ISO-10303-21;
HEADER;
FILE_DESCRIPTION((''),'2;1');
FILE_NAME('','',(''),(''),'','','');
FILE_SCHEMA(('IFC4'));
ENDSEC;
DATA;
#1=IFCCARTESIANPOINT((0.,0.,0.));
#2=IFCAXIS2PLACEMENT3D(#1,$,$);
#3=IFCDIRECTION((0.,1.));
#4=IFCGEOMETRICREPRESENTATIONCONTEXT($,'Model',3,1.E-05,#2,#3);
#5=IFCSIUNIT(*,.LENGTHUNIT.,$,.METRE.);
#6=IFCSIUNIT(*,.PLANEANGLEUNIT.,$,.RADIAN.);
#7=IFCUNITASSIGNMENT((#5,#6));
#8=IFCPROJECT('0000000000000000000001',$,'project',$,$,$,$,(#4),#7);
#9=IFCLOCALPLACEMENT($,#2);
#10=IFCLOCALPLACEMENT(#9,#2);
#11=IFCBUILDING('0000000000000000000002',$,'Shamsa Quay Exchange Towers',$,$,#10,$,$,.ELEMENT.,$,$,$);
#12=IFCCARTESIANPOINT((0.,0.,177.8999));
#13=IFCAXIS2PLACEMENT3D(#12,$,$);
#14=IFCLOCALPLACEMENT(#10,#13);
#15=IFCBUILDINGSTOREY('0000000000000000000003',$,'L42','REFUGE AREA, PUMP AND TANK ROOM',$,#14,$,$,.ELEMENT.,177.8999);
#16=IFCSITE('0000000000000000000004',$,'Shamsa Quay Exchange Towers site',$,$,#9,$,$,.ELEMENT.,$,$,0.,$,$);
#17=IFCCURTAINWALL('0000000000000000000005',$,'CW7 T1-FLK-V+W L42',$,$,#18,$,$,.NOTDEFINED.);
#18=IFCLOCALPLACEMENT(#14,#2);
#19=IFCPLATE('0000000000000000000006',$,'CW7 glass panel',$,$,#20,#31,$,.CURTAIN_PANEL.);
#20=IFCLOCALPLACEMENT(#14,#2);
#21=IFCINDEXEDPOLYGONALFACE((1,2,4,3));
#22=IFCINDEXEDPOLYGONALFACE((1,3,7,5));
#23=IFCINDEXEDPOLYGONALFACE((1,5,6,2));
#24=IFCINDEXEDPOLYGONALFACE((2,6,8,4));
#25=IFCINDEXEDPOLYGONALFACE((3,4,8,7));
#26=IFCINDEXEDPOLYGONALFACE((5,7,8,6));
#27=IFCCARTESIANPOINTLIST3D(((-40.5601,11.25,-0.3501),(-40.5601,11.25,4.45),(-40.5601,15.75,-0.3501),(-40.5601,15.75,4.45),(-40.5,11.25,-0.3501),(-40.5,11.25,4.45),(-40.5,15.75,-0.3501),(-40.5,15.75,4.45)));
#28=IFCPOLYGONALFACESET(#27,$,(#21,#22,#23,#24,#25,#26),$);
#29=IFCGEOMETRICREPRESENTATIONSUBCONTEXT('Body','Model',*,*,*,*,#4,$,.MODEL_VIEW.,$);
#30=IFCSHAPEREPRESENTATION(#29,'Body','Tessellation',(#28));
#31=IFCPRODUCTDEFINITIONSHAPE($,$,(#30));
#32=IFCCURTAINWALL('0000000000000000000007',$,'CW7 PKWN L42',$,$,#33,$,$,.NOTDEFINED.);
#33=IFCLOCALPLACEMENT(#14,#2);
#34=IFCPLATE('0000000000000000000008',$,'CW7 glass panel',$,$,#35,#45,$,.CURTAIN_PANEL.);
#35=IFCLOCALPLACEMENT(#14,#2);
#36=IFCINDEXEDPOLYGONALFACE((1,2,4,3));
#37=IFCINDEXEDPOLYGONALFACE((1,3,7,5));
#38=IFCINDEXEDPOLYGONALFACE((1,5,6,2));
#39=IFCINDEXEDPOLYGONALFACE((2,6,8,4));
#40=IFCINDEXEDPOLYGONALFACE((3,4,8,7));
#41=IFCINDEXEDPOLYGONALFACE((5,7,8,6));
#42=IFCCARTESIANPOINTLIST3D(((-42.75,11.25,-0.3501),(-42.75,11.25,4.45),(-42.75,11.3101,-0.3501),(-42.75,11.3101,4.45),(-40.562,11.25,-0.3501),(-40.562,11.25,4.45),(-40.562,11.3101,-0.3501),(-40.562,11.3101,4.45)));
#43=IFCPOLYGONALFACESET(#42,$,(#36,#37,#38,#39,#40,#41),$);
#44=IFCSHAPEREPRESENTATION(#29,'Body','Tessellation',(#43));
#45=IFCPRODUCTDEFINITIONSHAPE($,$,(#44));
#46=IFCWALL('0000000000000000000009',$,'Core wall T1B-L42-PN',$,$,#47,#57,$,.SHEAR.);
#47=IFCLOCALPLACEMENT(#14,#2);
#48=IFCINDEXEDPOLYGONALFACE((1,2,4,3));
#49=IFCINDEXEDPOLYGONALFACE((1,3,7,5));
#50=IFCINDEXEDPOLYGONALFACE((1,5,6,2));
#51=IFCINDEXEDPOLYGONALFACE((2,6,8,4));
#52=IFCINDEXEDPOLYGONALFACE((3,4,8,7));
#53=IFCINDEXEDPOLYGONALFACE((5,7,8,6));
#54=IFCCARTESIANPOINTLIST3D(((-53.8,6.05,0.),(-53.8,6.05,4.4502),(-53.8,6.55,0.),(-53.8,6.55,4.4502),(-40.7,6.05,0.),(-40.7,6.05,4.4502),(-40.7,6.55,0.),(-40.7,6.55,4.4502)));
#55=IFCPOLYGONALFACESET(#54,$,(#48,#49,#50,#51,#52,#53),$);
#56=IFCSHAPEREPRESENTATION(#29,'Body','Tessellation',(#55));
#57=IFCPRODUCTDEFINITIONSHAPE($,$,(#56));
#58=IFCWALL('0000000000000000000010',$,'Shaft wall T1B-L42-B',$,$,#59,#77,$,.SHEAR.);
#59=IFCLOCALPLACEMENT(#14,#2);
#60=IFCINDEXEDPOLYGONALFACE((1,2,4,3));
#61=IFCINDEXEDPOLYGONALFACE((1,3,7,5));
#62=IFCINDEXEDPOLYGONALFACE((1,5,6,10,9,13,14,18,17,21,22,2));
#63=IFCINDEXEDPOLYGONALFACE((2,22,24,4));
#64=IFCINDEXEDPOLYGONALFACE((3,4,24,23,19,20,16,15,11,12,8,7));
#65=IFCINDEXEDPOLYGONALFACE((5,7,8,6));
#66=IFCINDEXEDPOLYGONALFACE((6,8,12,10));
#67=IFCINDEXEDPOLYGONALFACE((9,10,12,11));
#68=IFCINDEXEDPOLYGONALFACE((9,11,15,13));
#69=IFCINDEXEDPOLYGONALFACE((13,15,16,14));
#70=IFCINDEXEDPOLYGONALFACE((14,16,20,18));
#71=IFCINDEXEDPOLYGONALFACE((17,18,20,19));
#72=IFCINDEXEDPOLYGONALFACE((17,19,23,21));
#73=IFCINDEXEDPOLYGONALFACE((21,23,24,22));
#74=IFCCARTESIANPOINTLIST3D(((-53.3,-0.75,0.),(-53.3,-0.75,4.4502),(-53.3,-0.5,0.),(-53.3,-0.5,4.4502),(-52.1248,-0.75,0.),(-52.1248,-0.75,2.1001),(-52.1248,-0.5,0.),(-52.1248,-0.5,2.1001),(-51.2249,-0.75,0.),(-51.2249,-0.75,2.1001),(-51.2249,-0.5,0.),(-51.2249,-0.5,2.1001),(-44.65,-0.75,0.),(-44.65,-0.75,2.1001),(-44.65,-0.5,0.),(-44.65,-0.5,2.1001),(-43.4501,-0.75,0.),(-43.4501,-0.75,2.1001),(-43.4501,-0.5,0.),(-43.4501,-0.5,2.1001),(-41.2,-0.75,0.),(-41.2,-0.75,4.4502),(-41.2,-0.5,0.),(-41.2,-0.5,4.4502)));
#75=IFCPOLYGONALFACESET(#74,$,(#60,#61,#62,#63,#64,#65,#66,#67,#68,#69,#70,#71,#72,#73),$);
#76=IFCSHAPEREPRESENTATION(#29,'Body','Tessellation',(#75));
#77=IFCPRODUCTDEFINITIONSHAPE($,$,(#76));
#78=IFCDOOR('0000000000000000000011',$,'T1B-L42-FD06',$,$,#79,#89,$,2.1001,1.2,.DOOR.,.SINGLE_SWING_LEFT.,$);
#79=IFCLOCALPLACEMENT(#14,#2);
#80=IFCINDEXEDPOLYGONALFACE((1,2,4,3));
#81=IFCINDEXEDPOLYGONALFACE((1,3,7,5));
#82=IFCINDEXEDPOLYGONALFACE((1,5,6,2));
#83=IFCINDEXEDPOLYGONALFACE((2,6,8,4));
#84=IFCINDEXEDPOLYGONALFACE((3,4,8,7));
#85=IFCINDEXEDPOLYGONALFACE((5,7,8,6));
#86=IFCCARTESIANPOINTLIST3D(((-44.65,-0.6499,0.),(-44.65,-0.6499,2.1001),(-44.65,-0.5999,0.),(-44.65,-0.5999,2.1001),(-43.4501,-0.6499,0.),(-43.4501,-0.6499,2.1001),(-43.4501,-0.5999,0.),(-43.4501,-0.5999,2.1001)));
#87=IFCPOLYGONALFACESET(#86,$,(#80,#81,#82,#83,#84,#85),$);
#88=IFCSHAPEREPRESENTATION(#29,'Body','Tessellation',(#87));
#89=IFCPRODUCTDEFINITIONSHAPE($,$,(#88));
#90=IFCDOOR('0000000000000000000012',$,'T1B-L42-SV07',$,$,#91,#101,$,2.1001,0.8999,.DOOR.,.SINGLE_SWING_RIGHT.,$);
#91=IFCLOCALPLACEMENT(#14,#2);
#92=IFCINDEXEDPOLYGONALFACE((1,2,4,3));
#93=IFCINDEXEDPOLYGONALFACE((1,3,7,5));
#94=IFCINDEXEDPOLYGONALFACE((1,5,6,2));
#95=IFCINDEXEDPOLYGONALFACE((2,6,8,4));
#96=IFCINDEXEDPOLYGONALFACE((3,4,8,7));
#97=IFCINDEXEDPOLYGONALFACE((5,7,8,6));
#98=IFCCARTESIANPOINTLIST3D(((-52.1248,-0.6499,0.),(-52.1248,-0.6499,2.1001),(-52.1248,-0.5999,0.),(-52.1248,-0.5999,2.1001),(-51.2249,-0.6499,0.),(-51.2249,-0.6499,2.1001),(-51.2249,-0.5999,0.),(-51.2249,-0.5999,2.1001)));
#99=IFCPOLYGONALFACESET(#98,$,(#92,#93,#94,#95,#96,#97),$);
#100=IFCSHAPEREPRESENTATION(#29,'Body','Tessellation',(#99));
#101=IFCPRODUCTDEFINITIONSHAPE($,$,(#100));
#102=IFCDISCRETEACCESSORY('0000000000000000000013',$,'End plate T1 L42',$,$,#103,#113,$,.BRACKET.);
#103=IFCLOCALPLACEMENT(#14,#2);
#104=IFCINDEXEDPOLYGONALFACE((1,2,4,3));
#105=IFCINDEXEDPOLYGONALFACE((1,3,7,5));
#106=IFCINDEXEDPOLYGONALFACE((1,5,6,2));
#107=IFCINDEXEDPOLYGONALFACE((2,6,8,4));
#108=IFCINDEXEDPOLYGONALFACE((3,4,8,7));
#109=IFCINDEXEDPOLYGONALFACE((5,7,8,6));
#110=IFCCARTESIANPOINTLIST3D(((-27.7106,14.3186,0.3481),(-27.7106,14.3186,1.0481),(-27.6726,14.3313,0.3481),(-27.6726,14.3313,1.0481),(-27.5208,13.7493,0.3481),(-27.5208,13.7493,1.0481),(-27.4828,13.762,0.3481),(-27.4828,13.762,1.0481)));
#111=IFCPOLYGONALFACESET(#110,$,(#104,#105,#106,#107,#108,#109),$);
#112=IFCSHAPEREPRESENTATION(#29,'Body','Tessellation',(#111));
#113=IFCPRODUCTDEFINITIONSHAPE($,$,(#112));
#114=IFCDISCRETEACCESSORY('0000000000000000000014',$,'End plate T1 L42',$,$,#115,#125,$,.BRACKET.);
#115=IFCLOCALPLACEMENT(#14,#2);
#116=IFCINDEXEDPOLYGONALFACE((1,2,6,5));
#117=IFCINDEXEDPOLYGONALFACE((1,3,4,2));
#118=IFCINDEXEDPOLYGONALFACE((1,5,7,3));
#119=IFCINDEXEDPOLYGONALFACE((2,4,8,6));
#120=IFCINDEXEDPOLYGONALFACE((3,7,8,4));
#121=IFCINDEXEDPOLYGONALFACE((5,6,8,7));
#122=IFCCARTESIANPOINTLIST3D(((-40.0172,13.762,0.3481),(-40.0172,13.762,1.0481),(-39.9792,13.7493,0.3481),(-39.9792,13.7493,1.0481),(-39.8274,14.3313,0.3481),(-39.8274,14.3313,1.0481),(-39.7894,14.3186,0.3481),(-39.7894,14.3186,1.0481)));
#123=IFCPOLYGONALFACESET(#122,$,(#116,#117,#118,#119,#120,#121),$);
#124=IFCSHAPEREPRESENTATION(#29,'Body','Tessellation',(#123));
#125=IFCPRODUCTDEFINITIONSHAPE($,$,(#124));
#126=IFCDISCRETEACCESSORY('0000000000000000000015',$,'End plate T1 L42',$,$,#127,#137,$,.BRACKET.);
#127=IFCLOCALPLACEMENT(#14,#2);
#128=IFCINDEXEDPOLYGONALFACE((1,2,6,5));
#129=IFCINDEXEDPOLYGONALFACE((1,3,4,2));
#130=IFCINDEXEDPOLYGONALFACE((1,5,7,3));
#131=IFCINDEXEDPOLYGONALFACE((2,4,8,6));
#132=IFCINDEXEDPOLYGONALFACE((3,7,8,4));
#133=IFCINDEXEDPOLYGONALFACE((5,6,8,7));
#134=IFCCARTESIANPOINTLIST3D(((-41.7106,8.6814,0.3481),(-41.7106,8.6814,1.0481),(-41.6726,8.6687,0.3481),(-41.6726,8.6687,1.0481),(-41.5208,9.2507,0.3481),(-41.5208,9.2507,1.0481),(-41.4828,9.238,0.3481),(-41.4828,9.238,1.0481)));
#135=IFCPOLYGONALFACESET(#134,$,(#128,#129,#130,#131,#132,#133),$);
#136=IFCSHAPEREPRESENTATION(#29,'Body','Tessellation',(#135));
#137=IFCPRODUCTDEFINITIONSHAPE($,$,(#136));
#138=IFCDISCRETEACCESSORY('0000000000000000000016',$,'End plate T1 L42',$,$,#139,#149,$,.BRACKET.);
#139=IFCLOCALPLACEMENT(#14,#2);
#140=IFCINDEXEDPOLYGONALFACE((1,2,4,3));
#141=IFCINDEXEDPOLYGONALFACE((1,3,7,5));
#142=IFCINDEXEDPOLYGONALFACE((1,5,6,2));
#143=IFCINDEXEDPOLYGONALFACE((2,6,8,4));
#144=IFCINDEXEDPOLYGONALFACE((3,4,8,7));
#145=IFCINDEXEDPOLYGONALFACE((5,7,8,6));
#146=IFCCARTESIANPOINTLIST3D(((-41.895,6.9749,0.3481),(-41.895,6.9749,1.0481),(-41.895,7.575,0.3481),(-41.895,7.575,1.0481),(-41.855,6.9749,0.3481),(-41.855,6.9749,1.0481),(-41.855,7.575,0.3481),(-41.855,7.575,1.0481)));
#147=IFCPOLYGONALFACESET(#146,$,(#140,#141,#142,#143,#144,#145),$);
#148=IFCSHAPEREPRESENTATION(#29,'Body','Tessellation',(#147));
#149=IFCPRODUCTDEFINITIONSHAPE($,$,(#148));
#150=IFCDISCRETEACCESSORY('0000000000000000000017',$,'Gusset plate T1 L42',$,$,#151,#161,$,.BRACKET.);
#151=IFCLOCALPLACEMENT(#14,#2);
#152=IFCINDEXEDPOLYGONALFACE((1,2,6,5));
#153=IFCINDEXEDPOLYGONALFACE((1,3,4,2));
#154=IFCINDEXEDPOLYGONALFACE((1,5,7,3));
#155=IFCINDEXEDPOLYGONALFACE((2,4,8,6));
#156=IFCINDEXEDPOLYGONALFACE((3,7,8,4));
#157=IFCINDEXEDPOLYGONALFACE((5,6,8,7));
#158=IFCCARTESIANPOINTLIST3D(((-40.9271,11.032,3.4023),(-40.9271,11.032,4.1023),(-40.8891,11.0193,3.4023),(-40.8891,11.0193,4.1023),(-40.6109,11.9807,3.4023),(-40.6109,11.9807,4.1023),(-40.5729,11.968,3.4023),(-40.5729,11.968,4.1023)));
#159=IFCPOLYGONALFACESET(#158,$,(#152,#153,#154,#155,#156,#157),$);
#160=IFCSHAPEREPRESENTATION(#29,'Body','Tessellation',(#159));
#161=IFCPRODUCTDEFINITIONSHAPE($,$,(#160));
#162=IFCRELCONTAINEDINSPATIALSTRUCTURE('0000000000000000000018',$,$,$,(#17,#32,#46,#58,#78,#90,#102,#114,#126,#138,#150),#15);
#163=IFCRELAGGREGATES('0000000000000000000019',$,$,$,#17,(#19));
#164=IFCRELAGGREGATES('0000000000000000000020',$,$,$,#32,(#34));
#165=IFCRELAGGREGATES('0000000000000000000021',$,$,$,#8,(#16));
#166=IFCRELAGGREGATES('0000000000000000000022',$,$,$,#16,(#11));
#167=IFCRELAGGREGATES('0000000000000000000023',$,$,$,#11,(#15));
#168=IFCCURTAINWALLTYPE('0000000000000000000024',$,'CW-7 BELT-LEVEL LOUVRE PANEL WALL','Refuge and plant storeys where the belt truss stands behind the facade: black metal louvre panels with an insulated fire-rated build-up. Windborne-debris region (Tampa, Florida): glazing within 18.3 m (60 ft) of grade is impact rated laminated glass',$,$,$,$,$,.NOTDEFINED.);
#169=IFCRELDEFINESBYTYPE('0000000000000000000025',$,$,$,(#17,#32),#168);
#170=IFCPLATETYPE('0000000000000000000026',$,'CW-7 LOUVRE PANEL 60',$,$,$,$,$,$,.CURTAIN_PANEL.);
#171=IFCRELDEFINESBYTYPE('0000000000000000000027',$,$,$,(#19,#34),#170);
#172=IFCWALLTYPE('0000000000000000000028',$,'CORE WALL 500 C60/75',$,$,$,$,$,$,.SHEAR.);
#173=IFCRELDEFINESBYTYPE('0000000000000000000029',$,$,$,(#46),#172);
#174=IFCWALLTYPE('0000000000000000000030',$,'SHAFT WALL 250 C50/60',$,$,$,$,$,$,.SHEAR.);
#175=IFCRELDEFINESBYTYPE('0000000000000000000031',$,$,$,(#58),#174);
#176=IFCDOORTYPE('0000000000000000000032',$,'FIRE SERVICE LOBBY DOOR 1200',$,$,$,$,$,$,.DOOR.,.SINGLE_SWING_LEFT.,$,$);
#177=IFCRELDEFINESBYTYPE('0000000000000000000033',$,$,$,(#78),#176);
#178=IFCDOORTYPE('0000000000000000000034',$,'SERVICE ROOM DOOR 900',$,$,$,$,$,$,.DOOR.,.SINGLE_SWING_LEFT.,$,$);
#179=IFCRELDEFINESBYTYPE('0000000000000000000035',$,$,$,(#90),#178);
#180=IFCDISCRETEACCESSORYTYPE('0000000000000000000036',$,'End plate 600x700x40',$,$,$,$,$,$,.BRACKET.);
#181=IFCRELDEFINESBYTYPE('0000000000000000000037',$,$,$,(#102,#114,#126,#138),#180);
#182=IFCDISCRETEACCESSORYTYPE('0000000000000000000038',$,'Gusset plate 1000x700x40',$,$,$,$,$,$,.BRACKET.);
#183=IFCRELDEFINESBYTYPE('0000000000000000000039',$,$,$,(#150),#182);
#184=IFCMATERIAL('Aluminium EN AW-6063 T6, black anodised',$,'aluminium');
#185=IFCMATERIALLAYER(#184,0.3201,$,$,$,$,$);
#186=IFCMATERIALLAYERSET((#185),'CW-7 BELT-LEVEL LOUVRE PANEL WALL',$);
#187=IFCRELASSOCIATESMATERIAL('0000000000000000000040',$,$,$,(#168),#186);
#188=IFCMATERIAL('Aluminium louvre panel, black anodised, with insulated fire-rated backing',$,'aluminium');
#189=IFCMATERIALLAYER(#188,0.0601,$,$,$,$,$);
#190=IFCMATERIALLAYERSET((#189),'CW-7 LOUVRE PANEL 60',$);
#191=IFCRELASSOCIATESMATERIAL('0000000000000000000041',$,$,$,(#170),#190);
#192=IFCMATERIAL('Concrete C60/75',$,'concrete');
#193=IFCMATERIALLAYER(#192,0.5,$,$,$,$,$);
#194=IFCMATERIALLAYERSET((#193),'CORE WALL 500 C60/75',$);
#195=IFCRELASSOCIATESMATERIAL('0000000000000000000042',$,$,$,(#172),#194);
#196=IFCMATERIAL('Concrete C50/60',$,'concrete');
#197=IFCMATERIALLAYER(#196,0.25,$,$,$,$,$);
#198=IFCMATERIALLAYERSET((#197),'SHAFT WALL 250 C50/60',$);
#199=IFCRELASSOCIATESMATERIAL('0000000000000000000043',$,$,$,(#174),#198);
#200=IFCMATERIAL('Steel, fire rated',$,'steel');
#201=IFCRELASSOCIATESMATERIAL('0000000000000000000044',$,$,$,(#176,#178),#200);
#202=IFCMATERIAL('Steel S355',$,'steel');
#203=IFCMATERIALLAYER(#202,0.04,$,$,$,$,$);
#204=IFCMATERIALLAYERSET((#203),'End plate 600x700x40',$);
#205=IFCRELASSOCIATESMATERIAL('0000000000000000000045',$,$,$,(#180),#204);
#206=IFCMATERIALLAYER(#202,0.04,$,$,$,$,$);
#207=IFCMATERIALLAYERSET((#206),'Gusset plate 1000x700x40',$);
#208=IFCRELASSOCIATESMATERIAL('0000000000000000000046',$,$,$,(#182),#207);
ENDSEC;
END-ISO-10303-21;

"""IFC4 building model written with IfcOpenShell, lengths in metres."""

from ifc_helpers import new_model, si_unit, direction, frame, frame_2d, origin, origin_2d, place, context, subcontext, project, spatial, rectangle, extrude, material, layer, layer_set, type_object, element, fill, aggregate, save


model = new_model("IFC4")

# Units and contexts
model_context = context("Model", 3, precision=1e-05, world=origin(), true_north=direction((0.0, 1.0)))
body_context = subcontext(model_context, "Body", "Model", "MODEL_VIEW")
ifc_project = project(units=[si_unit("LENGTHUNIT", "METRE"), si_unit("PLANEANGLEUNIT", "RADIAN")], contexts=[model_context])

# Site, building, storey
site_placement = place(None, origin())
site = spatial("IfcSite", under=ifc_project, at=site_placement, Name="Shamsa Quay Exchange Towers site", CompositionType="ELEMENT", RefElevation=0.0)
building_placement = place(site_placement, origin())
building = spatial("IfcBuilding", under=site, at=building_placement, Name="Shamsa Quay Exchange Towers", CompositionType="ELEMENT")
storey_placement = place(building_placement, frame((0.0, 0.0, 177.8999)))
storey = spatial("IfcBuildingStorey", under=building, at=storey_placement, Name="L42", Description="REFUGE AREA, PUMP AND TANK ROOM", CompositionType="ELEMENT", Elevation=177.8999)

# Shared definitions
ifc_material_1 = material(Name="Steel S355", Category="steel")

# Curtain walls, plates
ifc_material_2 = material(Name="Aluminium EN AW-6063 T6, black anodised", Category="aluminium")
ifc_layer_1 = layer(ifc_material_2, 0.3201)
ifc_layer_set_1 = layer_set([ifc_layer_1], Name="CW-7 BELT-LEVEL LOUVRE PANEL WALL")
curtain_wall_type = type_object("IfcCurtainWallType", Name="CW-7 BELT-LEVEL LOUVRE PANEL WALL", Description="Refuge and plant storeys where the belt truss stands behind the facade: black metal louvre panels with an insulated fire-rated build-up. Windborne-debris region (Tampa, Florida): glazing within 18.3 m (60 ft) of grade is impact rated laminated glass", PredefinedType="NOTDEFINED", material=ifc_layer_set_1)
curtain_wall_1_placement = place(storey_placement, origin())
curtain_wall_1 = element("IfcCurtainWall", 1, at=curtain_wall_1_placement, inside=storey, type_object=curtain_wall_type, Name="CW7 T1-FLK-V+W L42", PredefinedType="NOTDEFINED")
ifc_material_3 = material(Name="Aluminium louvre panel, black anodised, with insulated fire-rated backing", Category="aluminium")
ifc_layer_2 = layer(ifc_material_3, 0.0601)
ifc_layer_set_2 = layer_set([ifc_layer_2], Name="CW-7 LOUVRE PANEL 60")
plate_type = type_object("IfcPlateType", Name="CW-7 LOUVRE PANEL 60", PredefinedType="CURTAIN_PANEL", material=ifc_layer_set_2)
plate_1_placement = place(storey_placement, frame((-40.53, 13.5, -0.3501), z_axis=(0.0, 0.0, 1.0), x_axis=(0.0, -1.0, 0.0)))
plate_1 = element("IfcPlate", 2, at=plate_1_placement, type_object=plate_type, Name="CW7 glass panel", PredefinedType="CURTAIN_PANEL", context=body_context, shape_type="SweptSolid", body=[
    extrude(rectangle(XDim=4.5, YDim=0.0601, at=origin_2d()), origin(), (0.0, 0.0, 1.0), 4.8),
])
aggregate(curtain_wall_1, [plate_1])
curtain_wall_2_placement = place(storey_placement, origin())
curtain_wall_2 = element("IfcCurtainWall", 3, at=curtain_wall_2_placement, inside=storey, type_object=curtain_wall_type, Name="CW7 PKWN L42", PredefinedType="NOTDEFINED")
plate_2_placement = place(storey_placement, frame((-41.656, 11.28, -0.3501), z_axis=(0.0, 0.0, 1.0), x_axis=(-1.0, 0.0, 0.0)))
plate_2 = element("IfcPlate", 4, at=plate_2_placement, type_object=plate_type, Name="CW7 glass panel", PredefinedType="CURTAIN_PANEL", context=body_context, shape_type="SweptSolid", body=[
    extrude(rectangle(XDim=2.188, YDim=0.0601, at=origin_2d()), origin(), (0.0, 0.0, 1.0), 4.8),
])
aggregate(curtain_wall_2, [plate_2])

# Wall
ifc_material_4 = material(Name="Concrete C60/75", Category="concrete")
ifc_layer_3 = layer(ifc_material_4, 0.5)
ifc_layer_set_3 = layer_set([ifc_layer_3], Name="CORE WALL 500 C60/75")
wall_type_1 = type_object("IfcWallType", Name="CORE WALL 500 C60/75", PredefinedType="SHEAR", material=ifc_layer_set_3)
wall_1_placement = place(storey_placement, frame((-40.7, 6.3, 0.0), z_axis=(0.0, 0.0, 1.0), x_axis=(-1.0, 0.0, 0.0)))
element("IfcWall", 5, at=wall_1_placement, inside=storey, type_object=wall_type_1, Name="Core wall T1B-L42-PN", PredefinedType="SHEAR", context=body_context, shape_type="SweptSolid", body=[
    extrude(rectangle(XDim=13.1001, YDim=0.5, at=frame_2d((6.55, 0.0))), origin(), (0.0, 0.0, 1.0), 4.4502),
])

# Wall, openings, doors
ifc_material_5 = material(Name="Concrete C50/60", Category="concrete")
ifc_layer_4 = layer(ifc_material_5, 0.25)
ifc_layer_set_4 = layer_set([ifc_layer_4], Name="SHAFT WALL 250 C50/60")
wall_type_2 = type_object("IfcWallType", Name="SHAFT WALL 250 C50/60", PredefinedType="SHEAR", material=ifc_layer_set_4)
wall_2_placement = place(storey_placement, frame((-41.2, -0.625, 0.0), z_axis=(0.0, 0.0, 1.0), x_axis=(-1.0, 0.0, 0.0)))
wall_2 = element("IfcWall", 6, at=wall_2_placement, inside=storey, type_object=wall_type_2, Name="Shaft wall T1B-L42-B", PredefinedType="SHEAR", context=body_context, shape_type="SweptSolid", body=[
    extrude(rectangle(XDim=12.1001, YDim=0.25, at=frame_2d((6.05, 0.0))), origin(), (0.0, 0.0, 1.0), 4.4502),
])
opening_1_placement = place(wall_2_placement, frame((2.25, 0.0, 0.0)))
opening_1 = element("IfcOpeningElement", 7, at=opening_1_placement, cuts=wall_2, PredefinedType="OPENING", context=body_context, shape_type="SweptSolid", body=[
    extrude(rectangle(XDim=1.2, YDim=2.1001, at=frame_2d((0.6001, 1.05))), frame((0.0, 0.135, 0.0), z_axis=(0.0, -1.0, 0.0), x_axis=(1.0, 0.0, 0.0)), (0.0, 0.0, 1.0), 0.27),
])
opening_2_placement = place(wall_2_placement, frame((10.0249, 0.0, 0.0)))
opening_2 = element("IfcOpeningElement", 8, at=opening_2_placement, cuts=wall_2, PredefinedType="OPENING", context=body_context, shape_type="SweptSolid", body=[
    extrude(rectangle(XDim=0.8999, YDim=2.1001, at=frame_2d((0.45, 1.05))), frame((0.0, 0.135, 0.0), z_axis=(0.0, -1.0, 0.0), x_axis=(1.0, 0.0, 0.0)), (0.0, 0.0, 1.0), 0.27),
])
ifc_material_6 = material(Name="Steel, fire rated", Category="steel")
door_type_1 = type_object("IfcDoorType", Name="FIRE SERVICE LOBBY DOOR 1200", OperationType="SINGLE_SWING_LEFT", PredefinedType="DOOR", material=ifc_material_6)
door_1_placement = place(opening_1_placement, origin())
door_1 = element("IfcDoor", 9, at=door_1_placement, inside=storey, type_object=door_type_1, Name="T1B-L42-FD06", OperationType="SINGLE_SWING_LEFT", OverallHeight=2.1001, OverallWidth=1.2, PredefinedType="DOOR", context=body_context, shape_type="SweptSolid", body=[
    extrude(rectangle(XDim=1.2, YDim=2.1001, at=frame_2d((0.6001, 1.05))), frame((0.0, 0.0249, 0.0), z_axis=(0.0, -1.0, 0.0), x_axis=(1.0, 0.0, 0.0)), (0.0, 0.0, 1.0), 0.05),
])
fill(opening_1, door_1)
door_type_2 = type_object("IfcDoorType", Name="SERVICE ROOM DOOR 900", OperationType="SINGLE_SWING_LEFT", PredefinedType="DOOR", material=ifc_material_6)
door_2_placement = place(opening_2_placement, origin())
door_2 = element("IfcDoor", 10, at=door_2_placement, inside=storey, type_object=door_type_2, Name="T1B-L42-SV07", OperationType="SINGLE_SWING_RIGHT", OverallHeight=2.1001, OverallWidth=0.8999, PredefinedType="DOOR", context=body_context, shape_type="SweptSolid", body=[
    extrude(rectangle(XDim=0.8999, YDim=2.1001, at=frame_2d((0.45, 1.05))), frame((0.0, 0.0249, 0.0), z_axis=(0.0, -1.0, 0.0), x_axis=(1.0, 0.0, 0.0)), (0.0, 0.0, 1.0), 0.05),
])
fill(opening_2, door_2)

# Discrete accessories
ifc_layer_5 = layer(ifc_material_1, 0.04)
ifc_layer_set_5 = layer_set([ifc_layer_5], Name="End plate 600x700x40")
discrete_accessory_type_1 = type_object("IfcDiscreteAccessoryType", Name="End plate 600x700x40", PredefinedType="BRACKET", material=ifc_layer_set_5)
for number, where, z_axis, x_axis, name in (
    (11, (-27.5967, 14.0403, 0.3481), (0.0, 0.0, 1.0), (-0.316228, 0.948683, 0.0), "End plate T1 L42"),
    (12, (-39.9033, 14.0403, 0.3481), (0.0, 0.0, 1.0), (-0.316228, -0.948683, 0.0), "End plate T1 L42"),
    (13, (-41.5967, 8.9597, 0.3481), (0.0, 0.0, 1.0), (-0.316228, -0.948683, 0.0), "End plate T1 L42"),
    (14, (-41.875, 7.2749, 0.3481), (0.0, 0.0, 1.0), (0.0, -1.0, 0.0), "End plate T1 L42"),
):
    element("IfcDiscreteAccessory", number, at=place(storey_placement, frame(where, z_axis=z_axis, x_axis=x_axis)), inside=storey, type_object=discrete_accessory_type_1, Name=name, PredefinedType="BRACKET", context=body_context, shape_type="SweptSolid", body=[
        extrude(rectangle(XDim=0.6001, YDim=0.04, at=origin_2d()), origin(), (0.0, 0.0, 1.0), 0.7),
    ])
ifc_layer_6 = layer(ifc_material_1, 0.04)
ifc_layer_set_6 = layer_set([ifc_layer_6], Name="Gusset plate 1000x700x40")
discrete_accessory_type_2 = type_object("IfcDiscreteAccessoryType", Name="Gusset plate 1000x700x40", PredefinedType="BRACKET", material=ifc_layer_set_6)
discrete_accessory_placement = place(storey_placement, frame((-40.75, 11.5, 3.4023), z_axis=(0.0, 0.0, 1.0), x_axis=(-0.316228, -0.948683, 0.0)))
element("IfcDiscreteAccessory", 15, at=discrete_accessory_placement, inside=storey, type_object=discrete_accessory_type_2, Name="Gusset plate T1 L42", PredefinedType="BRACKET", context=body_context, shape_type="SweptSolid", body=[
    extrude(rectangle(XDim=1.0, YDim=0.04, at=origin_2d()), origin(), (0.0, 0.0, 1.0), 0.7),
])

save(model, "model.ifc")
